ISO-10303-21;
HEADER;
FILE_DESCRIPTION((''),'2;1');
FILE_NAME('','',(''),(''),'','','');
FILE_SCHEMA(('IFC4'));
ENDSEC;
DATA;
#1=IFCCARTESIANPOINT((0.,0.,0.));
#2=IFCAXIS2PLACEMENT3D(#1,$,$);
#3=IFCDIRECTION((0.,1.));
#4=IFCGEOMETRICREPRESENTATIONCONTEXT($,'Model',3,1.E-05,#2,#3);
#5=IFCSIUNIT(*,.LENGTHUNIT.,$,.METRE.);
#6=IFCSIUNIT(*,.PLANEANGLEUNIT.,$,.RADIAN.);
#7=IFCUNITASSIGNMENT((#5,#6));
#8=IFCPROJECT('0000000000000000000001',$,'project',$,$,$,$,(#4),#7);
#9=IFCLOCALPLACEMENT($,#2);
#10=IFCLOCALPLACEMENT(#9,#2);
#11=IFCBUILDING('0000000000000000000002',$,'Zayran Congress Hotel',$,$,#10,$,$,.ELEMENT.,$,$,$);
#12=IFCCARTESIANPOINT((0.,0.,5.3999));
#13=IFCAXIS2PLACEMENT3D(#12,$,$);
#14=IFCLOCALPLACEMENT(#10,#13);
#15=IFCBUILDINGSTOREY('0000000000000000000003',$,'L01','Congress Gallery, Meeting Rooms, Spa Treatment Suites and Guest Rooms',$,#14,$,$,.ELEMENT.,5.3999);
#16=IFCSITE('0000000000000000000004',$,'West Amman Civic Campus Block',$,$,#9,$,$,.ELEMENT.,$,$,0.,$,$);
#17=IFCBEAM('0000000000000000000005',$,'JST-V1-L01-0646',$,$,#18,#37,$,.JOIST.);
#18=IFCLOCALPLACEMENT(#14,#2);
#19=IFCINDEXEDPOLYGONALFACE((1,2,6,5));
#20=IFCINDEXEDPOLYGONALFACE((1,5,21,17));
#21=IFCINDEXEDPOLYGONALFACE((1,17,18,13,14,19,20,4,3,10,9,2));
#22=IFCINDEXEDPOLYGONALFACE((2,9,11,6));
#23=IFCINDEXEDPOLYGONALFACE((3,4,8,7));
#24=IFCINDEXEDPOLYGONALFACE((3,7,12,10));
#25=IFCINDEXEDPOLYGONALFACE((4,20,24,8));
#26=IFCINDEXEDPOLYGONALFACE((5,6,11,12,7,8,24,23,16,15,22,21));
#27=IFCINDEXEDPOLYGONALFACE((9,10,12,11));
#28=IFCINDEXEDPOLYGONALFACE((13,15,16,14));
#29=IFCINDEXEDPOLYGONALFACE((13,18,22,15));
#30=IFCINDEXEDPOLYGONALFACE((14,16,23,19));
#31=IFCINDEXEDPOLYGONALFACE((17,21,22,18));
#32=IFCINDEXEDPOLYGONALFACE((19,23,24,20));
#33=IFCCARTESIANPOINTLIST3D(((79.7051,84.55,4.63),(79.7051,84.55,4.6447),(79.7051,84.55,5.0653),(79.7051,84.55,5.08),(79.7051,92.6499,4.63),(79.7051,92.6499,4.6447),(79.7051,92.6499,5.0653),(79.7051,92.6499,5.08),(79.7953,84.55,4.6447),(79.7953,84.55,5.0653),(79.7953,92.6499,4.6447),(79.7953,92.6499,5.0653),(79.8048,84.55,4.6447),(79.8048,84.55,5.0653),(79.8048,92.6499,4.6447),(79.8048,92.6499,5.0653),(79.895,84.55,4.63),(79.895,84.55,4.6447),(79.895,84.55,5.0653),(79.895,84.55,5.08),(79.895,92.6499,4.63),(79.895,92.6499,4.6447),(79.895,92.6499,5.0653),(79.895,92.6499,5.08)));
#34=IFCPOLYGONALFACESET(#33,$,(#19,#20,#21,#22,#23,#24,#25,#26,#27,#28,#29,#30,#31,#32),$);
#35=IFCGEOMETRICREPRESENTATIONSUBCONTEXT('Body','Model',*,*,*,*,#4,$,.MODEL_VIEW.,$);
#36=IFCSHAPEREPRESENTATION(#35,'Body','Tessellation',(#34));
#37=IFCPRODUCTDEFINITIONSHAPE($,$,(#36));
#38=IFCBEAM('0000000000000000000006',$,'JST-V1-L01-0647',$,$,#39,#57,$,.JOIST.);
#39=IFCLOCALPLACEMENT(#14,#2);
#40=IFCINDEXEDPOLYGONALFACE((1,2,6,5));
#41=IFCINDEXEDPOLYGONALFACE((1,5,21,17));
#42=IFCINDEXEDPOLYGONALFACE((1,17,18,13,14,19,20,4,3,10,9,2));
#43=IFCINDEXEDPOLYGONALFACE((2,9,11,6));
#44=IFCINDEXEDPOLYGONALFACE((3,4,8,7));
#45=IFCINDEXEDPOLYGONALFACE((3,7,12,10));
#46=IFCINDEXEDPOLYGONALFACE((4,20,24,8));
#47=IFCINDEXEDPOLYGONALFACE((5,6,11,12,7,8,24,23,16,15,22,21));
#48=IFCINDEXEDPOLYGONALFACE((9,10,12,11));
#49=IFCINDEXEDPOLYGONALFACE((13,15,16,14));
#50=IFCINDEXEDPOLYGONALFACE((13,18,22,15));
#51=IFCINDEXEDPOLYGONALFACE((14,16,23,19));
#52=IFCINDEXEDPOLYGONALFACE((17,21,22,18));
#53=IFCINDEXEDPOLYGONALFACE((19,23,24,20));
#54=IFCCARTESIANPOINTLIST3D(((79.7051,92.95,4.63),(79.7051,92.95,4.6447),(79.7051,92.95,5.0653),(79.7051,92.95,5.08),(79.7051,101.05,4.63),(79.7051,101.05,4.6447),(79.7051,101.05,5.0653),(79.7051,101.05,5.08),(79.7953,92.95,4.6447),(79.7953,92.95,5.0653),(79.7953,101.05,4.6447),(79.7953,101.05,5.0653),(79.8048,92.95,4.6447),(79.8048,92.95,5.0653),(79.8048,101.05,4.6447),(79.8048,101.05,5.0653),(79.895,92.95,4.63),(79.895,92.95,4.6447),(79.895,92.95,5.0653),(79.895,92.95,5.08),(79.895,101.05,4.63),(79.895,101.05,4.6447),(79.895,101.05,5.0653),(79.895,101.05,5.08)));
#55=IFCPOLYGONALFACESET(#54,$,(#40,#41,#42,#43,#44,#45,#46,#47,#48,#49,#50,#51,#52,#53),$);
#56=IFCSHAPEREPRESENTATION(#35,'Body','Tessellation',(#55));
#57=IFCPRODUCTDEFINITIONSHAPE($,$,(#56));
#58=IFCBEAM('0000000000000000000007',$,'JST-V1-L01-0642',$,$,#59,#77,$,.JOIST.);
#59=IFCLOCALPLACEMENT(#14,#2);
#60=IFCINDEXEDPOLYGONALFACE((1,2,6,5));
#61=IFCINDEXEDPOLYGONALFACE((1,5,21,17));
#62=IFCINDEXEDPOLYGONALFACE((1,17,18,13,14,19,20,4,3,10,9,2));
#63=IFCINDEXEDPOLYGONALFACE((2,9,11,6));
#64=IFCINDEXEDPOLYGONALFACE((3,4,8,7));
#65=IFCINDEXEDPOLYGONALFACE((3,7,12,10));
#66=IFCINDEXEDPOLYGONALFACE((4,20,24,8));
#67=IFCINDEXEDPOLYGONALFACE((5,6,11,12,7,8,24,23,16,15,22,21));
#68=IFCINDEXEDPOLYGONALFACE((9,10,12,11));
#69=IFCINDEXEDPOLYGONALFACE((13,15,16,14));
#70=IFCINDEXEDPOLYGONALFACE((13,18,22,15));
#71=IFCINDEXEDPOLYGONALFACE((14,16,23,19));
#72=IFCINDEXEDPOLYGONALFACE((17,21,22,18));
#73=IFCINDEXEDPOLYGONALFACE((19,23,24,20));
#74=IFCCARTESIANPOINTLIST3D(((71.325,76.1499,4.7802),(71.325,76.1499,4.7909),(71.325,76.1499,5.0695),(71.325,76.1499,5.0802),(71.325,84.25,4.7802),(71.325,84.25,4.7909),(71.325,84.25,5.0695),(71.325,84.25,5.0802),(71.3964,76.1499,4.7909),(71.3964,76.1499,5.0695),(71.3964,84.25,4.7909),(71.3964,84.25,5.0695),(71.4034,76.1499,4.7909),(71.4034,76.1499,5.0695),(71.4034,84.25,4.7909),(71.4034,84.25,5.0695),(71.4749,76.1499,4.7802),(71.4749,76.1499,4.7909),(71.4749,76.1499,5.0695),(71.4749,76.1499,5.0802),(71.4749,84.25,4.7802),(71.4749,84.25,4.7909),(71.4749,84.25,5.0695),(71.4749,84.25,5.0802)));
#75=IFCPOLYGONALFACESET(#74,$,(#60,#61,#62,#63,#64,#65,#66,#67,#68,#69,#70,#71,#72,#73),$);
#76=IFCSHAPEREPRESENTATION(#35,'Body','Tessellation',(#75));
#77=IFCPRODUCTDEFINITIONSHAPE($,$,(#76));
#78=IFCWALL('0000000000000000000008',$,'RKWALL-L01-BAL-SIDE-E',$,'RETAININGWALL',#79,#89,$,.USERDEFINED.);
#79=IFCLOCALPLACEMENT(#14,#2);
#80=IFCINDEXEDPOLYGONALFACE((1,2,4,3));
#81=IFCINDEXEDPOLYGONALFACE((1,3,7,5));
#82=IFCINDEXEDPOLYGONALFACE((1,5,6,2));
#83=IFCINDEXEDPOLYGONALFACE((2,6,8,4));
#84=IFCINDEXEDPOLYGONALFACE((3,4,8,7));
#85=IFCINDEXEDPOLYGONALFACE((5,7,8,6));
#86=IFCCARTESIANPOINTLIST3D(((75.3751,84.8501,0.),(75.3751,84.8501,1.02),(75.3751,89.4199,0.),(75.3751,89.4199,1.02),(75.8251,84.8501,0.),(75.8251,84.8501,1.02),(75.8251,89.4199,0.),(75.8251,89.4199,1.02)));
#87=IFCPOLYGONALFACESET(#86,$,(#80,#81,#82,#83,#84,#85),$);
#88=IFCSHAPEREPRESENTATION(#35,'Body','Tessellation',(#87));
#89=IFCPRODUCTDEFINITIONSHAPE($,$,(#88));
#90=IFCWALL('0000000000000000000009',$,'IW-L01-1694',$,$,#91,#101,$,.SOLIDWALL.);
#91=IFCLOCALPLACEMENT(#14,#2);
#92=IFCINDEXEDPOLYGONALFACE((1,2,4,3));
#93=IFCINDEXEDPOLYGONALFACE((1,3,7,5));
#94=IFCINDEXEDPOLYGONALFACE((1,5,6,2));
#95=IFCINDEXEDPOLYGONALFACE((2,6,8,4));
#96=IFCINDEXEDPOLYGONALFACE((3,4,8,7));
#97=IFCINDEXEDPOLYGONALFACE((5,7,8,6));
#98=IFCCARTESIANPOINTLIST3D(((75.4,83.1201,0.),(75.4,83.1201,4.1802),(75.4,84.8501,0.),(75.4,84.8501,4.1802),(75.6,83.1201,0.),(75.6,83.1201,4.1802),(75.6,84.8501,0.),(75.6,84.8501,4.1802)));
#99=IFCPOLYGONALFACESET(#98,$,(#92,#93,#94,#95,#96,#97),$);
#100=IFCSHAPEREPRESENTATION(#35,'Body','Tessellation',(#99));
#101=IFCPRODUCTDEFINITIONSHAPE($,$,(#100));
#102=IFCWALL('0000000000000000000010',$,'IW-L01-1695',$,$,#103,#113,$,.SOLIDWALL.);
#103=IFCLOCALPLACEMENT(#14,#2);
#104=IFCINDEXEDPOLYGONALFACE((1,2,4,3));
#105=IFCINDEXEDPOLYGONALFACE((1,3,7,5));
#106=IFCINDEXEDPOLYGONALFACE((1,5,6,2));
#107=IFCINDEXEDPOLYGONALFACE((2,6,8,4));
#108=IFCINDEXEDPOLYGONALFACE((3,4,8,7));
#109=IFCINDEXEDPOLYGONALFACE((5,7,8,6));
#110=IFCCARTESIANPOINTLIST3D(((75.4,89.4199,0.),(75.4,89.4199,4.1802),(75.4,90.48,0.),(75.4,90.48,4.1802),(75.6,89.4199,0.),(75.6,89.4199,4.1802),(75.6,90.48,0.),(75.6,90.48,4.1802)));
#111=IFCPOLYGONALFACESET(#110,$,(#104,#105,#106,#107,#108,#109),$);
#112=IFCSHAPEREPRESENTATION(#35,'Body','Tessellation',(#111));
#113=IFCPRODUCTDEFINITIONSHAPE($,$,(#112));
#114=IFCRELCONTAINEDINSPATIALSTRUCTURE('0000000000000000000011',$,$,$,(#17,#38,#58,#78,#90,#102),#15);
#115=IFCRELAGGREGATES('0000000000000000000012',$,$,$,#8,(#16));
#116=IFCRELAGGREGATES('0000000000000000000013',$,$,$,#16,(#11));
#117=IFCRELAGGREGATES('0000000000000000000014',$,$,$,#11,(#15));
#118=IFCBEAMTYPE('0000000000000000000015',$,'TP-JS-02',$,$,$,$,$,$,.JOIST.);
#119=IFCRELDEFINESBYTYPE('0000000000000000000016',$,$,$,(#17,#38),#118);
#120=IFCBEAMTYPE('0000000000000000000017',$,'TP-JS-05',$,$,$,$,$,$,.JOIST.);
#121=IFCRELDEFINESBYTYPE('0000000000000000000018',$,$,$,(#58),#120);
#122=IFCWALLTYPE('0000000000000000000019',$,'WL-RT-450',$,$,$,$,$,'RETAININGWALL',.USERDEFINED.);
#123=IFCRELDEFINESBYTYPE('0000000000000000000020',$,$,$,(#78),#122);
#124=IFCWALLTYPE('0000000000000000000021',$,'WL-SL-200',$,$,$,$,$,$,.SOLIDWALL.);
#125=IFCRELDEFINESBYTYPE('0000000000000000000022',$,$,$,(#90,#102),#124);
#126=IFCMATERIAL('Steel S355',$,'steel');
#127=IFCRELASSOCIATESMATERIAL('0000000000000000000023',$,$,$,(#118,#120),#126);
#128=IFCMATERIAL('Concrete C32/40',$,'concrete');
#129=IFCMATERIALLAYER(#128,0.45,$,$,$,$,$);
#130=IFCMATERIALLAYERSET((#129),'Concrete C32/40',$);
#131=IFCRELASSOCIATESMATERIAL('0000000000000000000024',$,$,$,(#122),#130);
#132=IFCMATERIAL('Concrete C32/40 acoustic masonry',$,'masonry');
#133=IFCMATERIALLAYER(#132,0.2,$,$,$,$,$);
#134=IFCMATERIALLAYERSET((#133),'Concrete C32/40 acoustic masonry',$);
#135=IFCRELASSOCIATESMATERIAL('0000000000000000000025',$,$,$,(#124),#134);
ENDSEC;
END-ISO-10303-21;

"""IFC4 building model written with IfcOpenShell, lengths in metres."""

from ifc_helpers import new_model, si_unit, direction, frame, frame_2d, origin, origin_2d, place, context, subcontext, project, spatial, rectangle, i_section, extrude, material, layer, layer_set, material_profile, profile_set, type_object, element, save


model = new_model("IFC4")

# Units and contexts
model_context = context("Model", 3, precision=1e-05, world=origin(), true_north=direction((0.0, 1.0)))
body_context = subcontext(model_context, "Body", "Model", "MODEL_VIEW")
ifc_project = project(units=[si_unit("LENGTHUNIT", "METRE"), si_unit("PLANEANGLEUNIT", "RADIAN")], contexts=[model_context])

# Site, building, storey
site_placement = place(None, origin())
site = spatial("IfcSite", under=ifc_project, at=site_placement, Name="West Amman Civic Campus Block", CompositionType="ELEMENT", RefElevation=0.0)
building_placement = place(site_placement, origin())
building = spatial("IfcBuilding", under=site, at=building_placement, Name="Zayran Congress Hotel", CompositionType="ELEMENT")
storey_placement = place(building_placement, frame((0.0, 0.0, 5.3999)))
storey = spatial("IfcBuildingStorey", under=building, at=storey_placement, Name="L01", Description="Congress Gallery, Meeting Rooms, Spa Treatment Suites and Guest Rooms", CompositionType="ELEMENT", Elevation=5.3999)

# Beams
ifc_material_1 = material(Name="Steel S355", Category="steel")
ifc_material_profile_1 = material_profile(ifc_material_1, i_section(OverallWidth=0.1899, OverallDepth=0.45, WebThickness=0.0095, FlangeThickness=0.0146, at=origin_2d()), Name="IPE 450")
ifc_profile_set_1 = profile_set([ifc_material_profile_1], Name="Steel S355")
beam_type_1 = type_object("IfcBeamType", Name="TP-JS-02", PredefinedType="JOIST", material=ifc_profile_set_1)
beam_1_placement = place(storey_placement, frame((79.8, 84.55, 4.855), z_axis=(0.0, 1.0, 0.0), x_axis=(-1.0, 0.0, 0.0)))
element("IfcBeam", 1, at=beam_1_placement, inside=storey, type_object=beam_type_1, Name="JST-V1-L01-0646", PredefinedType="JOIST", context=body_context, shape_type="SweptSolid", body=[
    extrude(i_section(OverallWidth=0.1899, OverallDepth=0.45, WebThickness=0.0095, FlangeThickness=0.0146, at=origin_2d()), origin(), (0.0, 0.0, 1.0), 8.0999),
])
beam_2_placement = place(storey_placement, frame((79.8, 92.95, 4.855), z_axis=(0.0, 1.0, 0.0), x_axis=(-1.0, 0.0, 0.0)))
element("IfcBeam", 2, at=beam_2_placement, inside=storey, type_object=beam_type_1, Name="JST-V1-L01-0647", PredefinedType="JOIST", context=body_context, shape_type="SweptSolid", body=[
    extrude(i_section(OverallWidth=0.1899, OverallDepth=0.45, WebThickness=0.0095, FlangeThickness=0.0146, at=origin_2d()), origin(), (0.0, 0.0, 1.0), 8.1001),
])
ifc_material_profile_2 = material_profile(ifc_material_1, i_section(OverallWidth=0.1499, OverallDepth=0.3, WebThickness=0.0071, FlangeThickness=0.0107, at=origin_2d()), Name="IPE 300")
ifc_profile_set_2 = profile_set([ifc_material_profile_2], Name="Steel S355")
beam_type_2 = type_object("IfcBeamType", Name="TP-JS-05", PredefinedType="JOIST", material=ifc_profile_set_2)
beam_3_placement = place(storey_placement, frame((71.3999, 76.1499, 4.9302), z_axis=(0.0, 1.0, 0.0), x_axis=(-1.0, 0.0, 0.0)))
element("IfcBeam", 3, at=beam_3_placement, inside=storey, type_object=beam_type_2, Name="JST-V1-L01-0642", PredefinedType="JOIST", context=body_context, shape_type="SweptSolid", body=[
    extrude(i_section(OverallWidth=0.1499, OverallDepth=0.3, WebThickness=0.0071, FlangeThickness=0.0107, at=origin_2d()), origin(), (0.0, 0.0, 1.0), 8.1001),
])

# Walls
ifc_material_2 = material(Name="Concrete C32/40", Category="concrete")
ifc_layer_1 = layer(ifc_material_2, 0.45)
ifc_layer_set_1 = layer_set([ifc_layer_1], Name="Concrete C32/40")
wall_type_1 = type_object("IfcWallType", Name="WL-RT-450", ElementType="RETAININGWALL", PredefinedType="USERDEFINED", material=ifc_layer_set_1)
wall_1_placement = place(storey_placement, frame((75.6001, 84.8501, 0.0), z_axis=(0.0, 0.0, 1.0), x_axis=(0.0, 1.0, 0.0)))
element("IfcWall", 4, at=wall_1_placement, inside=storey, type_object=wall_type_1, Name="RKWALL-L01-BAL-SIDE-E", ObjectType="RETAININGWALL", PredefinedType="USERDEFINED", context=body_context, shape_type="SweptSolid", body=[
    extrude(rectangle(XDim=4.5698, YDim=0.45, at=frame_2d((2.2849, 0.0))), origin(), (0.0, 0.0, 1.0), 1.02),
])
ifc_material_3 = material(Name="Concrete C32/40 acoustic masonry", Category="masonry")
ifc_layer_2 = layer(ifc_material_3, 0.2)
ifc_layer_set_2 = layer_set([ifc_layer_2], Name="Concrete C32/40 acoustic masonry")
wall_type_2 = type_object("IfcWallType", Name="WL-SL-200", PredefinedType="SOLIDWALL", material=ifc_layer_set_2)
wall_2_placement = place(storey_placement, frame((75.5, 83.1201, 0.0), z_axis=(0.0, 0.0, 1.0), x_axis=(0.0, 1.0, 0.0)))
element("IfcWall", 5, at=wall_2_placement, inside=storey, type_object=wall_type_2, Name="IW-L01-1694", PredefinedType="SOLIDWALL", context=body_context, shape_type="SweptSolid", body=[
    extrude(rectangle(XDim=1.73, YDim=0.2, at=frame_2d((0.865, 0.0))), origin(), (0.0, 0.0, 1.0), 4.1802),
])
wall_3_placement = place(storey_placement, frame((75.5, 89.4199, 0.0), z_axis=(0.0, 0.0, 1.0), x_axis=(0.0, 1.0, 0.0)))
element("IfcWall", 6, at=wall_3_placement, inside=storey, type_object=wall_type_2, Name="IW-L01-1695", PredefinedType="SOLIDWALL", context=body_context, shape_type="SweptSolid", body=[
    extrude(rectangle(XDim=1.0601, YDim=0.2, at=frame_2d((0.53, 0.0))), origin(), (0.0, 0.0, 1.0), 4.1802),
])

save(model, "model.ifc")
